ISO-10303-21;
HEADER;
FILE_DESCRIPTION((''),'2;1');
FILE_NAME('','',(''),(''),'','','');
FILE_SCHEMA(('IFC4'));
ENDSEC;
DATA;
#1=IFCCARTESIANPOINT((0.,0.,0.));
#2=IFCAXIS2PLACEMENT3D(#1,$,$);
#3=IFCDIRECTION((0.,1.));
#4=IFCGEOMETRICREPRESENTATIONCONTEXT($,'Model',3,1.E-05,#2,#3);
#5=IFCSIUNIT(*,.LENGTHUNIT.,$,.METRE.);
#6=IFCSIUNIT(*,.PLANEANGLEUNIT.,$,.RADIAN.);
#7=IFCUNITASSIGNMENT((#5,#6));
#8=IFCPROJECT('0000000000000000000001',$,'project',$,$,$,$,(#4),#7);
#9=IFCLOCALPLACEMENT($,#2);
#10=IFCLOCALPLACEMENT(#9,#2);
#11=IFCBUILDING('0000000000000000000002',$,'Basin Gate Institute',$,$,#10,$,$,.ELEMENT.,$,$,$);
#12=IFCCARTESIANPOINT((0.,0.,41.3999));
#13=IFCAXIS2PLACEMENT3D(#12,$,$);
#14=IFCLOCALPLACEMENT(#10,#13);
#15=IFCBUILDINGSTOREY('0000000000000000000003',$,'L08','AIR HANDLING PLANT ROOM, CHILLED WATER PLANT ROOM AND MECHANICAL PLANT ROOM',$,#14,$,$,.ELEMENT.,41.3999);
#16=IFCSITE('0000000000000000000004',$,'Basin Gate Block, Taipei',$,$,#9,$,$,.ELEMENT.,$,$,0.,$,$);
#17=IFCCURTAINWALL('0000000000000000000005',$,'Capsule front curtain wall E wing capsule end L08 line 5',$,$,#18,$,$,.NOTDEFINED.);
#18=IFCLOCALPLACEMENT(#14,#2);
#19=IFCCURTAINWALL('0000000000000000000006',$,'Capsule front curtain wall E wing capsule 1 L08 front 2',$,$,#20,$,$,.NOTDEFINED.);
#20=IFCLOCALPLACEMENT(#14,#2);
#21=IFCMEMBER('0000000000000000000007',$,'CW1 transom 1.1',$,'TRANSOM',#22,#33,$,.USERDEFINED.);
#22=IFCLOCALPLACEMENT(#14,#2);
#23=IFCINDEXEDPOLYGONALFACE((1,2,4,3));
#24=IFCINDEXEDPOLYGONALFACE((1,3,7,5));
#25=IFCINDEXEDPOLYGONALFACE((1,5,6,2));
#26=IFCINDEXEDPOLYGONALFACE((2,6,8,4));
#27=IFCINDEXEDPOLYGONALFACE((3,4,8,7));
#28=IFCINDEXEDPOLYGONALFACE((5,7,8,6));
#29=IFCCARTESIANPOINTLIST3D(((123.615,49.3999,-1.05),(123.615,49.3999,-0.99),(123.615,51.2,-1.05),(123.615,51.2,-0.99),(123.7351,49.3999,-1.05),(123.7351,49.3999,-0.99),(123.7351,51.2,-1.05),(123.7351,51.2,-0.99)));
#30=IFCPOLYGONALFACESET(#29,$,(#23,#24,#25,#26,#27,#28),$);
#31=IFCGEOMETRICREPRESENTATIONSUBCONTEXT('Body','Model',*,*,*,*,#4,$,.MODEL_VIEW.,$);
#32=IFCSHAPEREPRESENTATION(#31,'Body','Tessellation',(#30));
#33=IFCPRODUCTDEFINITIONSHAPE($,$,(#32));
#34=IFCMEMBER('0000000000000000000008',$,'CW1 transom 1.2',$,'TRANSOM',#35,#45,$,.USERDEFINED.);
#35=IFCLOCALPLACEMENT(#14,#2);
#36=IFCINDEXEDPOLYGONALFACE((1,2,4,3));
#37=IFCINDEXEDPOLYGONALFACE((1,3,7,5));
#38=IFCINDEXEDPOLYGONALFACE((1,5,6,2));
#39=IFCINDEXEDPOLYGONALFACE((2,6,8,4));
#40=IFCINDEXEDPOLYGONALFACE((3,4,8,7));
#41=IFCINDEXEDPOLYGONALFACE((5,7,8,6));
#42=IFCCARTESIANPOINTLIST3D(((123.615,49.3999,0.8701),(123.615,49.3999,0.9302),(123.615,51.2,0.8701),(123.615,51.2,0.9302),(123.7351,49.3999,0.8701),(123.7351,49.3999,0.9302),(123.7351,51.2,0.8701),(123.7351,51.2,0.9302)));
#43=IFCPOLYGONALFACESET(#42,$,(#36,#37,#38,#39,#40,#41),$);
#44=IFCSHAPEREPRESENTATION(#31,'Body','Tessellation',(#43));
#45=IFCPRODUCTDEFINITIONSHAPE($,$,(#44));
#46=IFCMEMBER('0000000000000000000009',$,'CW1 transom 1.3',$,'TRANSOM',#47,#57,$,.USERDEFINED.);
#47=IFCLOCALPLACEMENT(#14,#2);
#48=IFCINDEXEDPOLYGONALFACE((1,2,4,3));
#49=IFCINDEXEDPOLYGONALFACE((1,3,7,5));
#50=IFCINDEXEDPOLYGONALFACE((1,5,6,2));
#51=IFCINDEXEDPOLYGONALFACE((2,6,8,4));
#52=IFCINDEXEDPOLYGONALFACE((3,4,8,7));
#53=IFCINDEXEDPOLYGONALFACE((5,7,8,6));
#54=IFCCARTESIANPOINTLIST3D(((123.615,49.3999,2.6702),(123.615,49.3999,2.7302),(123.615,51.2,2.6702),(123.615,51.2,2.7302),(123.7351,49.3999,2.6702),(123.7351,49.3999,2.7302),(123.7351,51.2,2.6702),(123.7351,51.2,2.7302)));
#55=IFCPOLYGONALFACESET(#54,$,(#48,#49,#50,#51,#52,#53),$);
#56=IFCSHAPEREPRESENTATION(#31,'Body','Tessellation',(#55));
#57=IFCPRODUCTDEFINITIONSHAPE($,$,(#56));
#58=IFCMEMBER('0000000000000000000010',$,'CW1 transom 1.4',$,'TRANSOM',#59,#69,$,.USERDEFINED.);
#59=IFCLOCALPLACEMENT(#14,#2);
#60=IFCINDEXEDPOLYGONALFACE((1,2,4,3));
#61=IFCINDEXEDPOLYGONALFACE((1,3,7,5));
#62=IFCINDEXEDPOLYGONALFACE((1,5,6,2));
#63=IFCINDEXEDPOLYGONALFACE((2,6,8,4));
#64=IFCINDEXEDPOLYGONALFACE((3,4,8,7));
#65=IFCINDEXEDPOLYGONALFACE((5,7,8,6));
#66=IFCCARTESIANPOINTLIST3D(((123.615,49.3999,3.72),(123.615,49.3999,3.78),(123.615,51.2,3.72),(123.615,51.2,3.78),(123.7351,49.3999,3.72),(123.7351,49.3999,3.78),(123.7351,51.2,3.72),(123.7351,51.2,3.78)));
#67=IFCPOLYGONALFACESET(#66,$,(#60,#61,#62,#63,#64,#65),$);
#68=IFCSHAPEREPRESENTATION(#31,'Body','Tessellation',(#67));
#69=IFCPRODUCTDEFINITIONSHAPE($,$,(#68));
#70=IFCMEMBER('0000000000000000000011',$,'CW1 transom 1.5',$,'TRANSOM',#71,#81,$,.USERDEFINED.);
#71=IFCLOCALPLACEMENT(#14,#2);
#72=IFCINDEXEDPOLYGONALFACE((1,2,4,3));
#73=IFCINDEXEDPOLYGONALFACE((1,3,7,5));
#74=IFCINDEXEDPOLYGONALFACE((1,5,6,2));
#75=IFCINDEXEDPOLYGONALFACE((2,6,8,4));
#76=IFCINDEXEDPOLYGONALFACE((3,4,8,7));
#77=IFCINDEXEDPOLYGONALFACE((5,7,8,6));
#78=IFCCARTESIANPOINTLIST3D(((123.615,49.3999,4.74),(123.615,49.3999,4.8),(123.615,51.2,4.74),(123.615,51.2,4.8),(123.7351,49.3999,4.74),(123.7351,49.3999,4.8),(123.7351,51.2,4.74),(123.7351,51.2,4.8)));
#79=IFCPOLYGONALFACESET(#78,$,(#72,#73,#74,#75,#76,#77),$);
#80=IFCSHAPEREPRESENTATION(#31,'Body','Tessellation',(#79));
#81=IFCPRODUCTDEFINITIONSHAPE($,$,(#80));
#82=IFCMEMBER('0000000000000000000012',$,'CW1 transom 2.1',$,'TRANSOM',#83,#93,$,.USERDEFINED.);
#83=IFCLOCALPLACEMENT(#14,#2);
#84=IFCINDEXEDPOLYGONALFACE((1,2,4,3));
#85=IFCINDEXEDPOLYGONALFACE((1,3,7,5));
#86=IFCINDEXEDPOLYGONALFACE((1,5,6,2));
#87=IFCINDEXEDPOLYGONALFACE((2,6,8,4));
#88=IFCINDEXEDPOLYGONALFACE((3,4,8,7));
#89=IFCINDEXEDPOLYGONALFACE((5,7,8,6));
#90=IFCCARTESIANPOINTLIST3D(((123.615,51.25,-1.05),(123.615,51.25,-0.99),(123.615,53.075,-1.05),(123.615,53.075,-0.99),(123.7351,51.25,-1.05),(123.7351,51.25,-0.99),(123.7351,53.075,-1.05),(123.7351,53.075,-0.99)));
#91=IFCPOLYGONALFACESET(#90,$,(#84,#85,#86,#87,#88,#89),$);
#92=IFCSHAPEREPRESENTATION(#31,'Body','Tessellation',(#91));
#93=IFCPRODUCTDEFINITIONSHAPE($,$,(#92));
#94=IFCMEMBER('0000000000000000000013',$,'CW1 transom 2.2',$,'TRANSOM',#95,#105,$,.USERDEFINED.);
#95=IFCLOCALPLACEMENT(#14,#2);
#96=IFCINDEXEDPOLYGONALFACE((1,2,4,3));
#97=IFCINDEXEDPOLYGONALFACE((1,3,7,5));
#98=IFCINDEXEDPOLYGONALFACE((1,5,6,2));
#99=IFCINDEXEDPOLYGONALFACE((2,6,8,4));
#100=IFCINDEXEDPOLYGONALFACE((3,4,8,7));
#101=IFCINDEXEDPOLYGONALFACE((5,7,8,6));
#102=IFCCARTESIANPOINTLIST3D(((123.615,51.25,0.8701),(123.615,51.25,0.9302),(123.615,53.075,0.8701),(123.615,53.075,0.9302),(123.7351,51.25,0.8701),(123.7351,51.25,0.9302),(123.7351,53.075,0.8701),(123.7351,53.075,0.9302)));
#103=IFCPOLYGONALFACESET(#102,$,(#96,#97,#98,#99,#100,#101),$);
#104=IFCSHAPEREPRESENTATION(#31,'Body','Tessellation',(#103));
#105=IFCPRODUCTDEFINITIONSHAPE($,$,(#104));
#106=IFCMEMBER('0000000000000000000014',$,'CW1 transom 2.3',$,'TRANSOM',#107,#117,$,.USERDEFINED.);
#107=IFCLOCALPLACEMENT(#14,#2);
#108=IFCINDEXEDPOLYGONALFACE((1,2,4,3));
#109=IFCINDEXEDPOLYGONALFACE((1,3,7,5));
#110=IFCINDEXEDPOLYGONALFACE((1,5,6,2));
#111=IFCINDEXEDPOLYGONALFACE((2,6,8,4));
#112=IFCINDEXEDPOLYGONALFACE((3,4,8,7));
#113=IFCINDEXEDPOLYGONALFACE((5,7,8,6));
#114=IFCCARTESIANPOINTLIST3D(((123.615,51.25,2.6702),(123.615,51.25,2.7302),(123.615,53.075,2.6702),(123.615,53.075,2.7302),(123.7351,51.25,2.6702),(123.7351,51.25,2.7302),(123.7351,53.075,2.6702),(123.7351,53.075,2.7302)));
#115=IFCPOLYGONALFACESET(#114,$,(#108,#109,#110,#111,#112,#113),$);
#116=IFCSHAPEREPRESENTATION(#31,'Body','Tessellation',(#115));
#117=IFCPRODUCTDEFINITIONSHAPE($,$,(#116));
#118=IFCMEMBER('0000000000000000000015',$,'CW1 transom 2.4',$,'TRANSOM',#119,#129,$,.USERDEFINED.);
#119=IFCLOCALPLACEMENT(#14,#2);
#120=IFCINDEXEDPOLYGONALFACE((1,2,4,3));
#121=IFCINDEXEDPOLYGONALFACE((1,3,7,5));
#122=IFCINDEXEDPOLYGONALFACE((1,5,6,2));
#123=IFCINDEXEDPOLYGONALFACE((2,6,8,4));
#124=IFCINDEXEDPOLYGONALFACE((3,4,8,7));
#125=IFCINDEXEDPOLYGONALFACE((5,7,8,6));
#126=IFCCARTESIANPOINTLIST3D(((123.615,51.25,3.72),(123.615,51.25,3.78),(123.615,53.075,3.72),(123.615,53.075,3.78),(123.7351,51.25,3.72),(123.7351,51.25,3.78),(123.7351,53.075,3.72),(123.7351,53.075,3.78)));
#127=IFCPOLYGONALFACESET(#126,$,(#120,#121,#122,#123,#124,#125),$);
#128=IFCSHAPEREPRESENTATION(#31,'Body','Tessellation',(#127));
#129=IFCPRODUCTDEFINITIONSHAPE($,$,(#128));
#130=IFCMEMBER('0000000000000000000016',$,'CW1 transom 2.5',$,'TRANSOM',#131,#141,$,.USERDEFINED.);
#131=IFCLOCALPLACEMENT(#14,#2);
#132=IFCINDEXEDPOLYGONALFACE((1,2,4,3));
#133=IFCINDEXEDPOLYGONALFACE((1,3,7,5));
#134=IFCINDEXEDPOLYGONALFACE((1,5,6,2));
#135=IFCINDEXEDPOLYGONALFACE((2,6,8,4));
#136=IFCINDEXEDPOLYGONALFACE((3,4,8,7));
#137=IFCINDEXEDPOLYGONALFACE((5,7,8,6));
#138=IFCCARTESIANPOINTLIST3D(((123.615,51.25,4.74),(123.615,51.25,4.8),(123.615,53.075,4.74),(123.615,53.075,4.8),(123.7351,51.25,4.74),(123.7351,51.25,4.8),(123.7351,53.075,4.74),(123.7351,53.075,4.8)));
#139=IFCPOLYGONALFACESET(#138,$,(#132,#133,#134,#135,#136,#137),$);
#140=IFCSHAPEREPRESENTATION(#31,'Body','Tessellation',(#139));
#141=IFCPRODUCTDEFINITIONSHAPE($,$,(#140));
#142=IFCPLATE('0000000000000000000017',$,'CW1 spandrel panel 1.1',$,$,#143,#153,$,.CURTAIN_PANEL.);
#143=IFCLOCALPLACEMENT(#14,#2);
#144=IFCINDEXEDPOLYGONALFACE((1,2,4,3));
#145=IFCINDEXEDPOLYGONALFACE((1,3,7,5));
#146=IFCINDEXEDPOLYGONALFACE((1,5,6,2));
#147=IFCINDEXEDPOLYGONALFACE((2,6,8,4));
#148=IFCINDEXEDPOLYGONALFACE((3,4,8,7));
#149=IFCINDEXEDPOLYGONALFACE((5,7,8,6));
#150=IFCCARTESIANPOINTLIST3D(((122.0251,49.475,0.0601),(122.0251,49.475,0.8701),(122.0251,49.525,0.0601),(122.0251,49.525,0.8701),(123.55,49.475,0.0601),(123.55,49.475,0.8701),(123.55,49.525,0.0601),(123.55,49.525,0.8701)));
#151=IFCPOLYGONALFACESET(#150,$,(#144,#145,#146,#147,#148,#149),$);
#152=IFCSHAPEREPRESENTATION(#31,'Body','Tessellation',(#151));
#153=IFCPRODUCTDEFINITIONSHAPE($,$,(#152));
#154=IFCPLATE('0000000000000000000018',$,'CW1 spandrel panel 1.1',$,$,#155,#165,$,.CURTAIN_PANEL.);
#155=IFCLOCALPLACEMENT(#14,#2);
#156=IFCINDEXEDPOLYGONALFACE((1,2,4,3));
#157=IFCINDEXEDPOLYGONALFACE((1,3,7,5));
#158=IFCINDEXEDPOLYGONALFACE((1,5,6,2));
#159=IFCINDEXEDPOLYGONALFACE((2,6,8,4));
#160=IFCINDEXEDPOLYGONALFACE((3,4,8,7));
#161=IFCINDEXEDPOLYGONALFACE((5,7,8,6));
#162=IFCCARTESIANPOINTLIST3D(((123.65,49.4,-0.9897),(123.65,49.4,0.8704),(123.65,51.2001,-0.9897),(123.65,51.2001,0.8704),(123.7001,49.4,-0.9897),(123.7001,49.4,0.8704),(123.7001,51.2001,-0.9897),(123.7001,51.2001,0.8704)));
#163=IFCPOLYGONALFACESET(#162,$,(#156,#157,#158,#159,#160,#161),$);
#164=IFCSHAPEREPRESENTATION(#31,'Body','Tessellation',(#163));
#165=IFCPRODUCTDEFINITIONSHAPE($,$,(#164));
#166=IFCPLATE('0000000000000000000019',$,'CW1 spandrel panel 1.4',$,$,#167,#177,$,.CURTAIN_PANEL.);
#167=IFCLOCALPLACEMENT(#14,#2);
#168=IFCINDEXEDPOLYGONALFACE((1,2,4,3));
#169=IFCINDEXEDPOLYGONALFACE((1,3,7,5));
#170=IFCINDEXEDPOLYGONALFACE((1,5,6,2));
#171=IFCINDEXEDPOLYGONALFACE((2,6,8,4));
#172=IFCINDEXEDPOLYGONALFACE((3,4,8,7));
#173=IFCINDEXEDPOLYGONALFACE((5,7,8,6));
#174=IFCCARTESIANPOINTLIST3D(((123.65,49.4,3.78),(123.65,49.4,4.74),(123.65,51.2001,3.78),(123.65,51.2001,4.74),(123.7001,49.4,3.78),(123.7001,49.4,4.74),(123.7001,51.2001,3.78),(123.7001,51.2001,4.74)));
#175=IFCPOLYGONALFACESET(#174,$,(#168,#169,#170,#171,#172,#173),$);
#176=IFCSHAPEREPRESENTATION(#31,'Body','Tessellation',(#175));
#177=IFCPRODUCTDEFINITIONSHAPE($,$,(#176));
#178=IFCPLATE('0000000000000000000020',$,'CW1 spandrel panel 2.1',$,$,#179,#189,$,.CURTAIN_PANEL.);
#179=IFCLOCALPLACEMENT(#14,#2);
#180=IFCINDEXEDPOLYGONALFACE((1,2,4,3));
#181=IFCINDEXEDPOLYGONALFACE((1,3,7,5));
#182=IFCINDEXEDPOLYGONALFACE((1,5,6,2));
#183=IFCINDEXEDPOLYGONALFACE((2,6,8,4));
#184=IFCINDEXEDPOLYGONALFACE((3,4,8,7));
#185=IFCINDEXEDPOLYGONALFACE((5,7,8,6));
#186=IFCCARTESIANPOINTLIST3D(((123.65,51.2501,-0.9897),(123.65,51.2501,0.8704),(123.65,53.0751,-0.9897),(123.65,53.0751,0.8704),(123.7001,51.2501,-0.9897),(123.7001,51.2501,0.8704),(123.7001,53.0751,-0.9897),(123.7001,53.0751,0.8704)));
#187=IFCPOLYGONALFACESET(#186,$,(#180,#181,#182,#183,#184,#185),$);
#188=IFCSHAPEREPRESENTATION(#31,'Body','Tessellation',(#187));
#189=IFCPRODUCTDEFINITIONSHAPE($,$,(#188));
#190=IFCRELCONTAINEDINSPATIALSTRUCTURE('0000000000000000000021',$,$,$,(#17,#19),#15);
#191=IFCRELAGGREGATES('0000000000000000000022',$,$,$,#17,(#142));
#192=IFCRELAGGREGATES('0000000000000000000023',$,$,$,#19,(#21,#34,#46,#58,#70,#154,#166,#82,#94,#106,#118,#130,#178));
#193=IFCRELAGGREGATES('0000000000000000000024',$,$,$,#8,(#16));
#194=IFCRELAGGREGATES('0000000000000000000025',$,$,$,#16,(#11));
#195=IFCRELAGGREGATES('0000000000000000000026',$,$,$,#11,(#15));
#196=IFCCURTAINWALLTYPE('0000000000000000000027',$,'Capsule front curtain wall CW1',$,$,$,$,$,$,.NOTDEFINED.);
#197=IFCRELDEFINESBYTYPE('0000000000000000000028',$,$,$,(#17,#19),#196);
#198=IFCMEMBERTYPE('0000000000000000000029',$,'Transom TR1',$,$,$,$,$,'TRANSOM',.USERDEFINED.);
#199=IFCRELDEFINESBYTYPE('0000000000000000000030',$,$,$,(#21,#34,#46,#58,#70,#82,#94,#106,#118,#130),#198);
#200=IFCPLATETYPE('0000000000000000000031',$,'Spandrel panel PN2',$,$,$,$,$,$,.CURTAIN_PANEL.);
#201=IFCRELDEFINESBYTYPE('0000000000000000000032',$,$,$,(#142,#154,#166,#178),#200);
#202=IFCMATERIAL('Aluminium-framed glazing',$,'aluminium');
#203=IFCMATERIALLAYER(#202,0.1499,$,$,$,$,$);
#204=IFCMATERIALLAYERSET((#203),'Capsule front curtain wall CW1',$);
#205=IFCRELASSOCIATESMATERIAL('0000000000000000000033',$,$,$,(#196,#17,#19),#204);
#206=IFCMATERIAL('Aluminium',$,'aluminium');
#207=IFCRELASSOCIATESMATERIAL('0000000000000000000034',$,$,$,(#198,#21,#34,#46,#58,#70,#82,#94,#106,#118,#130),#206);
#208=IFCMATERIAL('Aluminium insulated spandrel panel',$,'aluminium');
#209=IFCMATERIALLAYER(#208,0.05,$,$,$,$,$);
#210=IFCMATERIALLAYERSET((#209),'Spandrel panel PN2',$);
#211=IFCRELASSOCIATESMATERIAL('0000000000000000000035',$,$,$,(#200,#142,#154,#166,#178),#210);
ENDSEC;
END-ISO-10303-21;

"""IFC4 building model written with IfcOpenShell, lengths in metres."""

from ifc_helpers import new_model, si_unit, direction, frame, origin, origin_2d, place, context, subcontext, project, spatial, rectangle, extrude, material, layer, layer_set, material_profile, profile_set, type_object, element, aggregate, save


model = new_model("IFC4")

# Units and contexts
model_context = context("Model", 3, precision=1e-05, world=origin(), true_north=direction((0.0, 1.0)))
body_context = subcontext(model_context, "Body", "Model", "MODEL_VIEW")
ifc_project = project(units=[si_unit("LENGTHUNIT", "METRE"), si_unit("PLANEANGLEUNIT", "RADIAN")], contexts=[model_context])

# Site, building, storey
site_placement = place(None, origin())
site = spatial("IfcSite", under=ifc_project, at=site_placement, Name="Basin Gate Block, Taipei", CompositionType="ELEMENT", RefElevation=0.0)
building_placement = place(site_placement, origin())
building = spatial("IfcBuilding", under=site, at=building_placement, Name="Basin Gate Institute", CompositionType="ELEMENT")
storey_placement = place(building_placement, frame((0.0, 0.0, 41.3999)))
storey = spatial("IfcBuildingStorey", under=building, at=storey_placement, Name="L08", Description="AIR HANDLING PLANT ROOM, CHILLED WATER PLANT ROOM AND MECHANICAL PLANT ROOM", CompositionType="ELEMENT", Elevation=41.3999)

# Curtain walls
ifc_material_1 = material(Name="Aluminium-framed glazing", Category="aluminium")
ifc_layer_1 = layer(ifc_material_1, 0.1499)
ifc_layer_set_1 = layer_set([ifc_layer_1], Name="Capsule front curtain wall CW1")
curtain_wall_type = type_object("IfcCurtainWallType", Name="Capsule front curtain wall CW1", PredefinedType="NOTDEFINED", material=ifc_layer_set_1)
curtain_wall_1_placement = place(storey_placement, origin())
curtain_wall_1 = element("IfcCurtainWall", 1, at=curtain_wall_1_placement, inside=storey, type_object=curtain_wall_type, material=ifc_layer_set_1, Name="Capsule front curtain wall E wing capsule end L08 line 5", PredefinedType="NOTDEFINED")
curtain_wall_2_placement = place(storey_placement, origin())
curtain_wall_2 = element("IfcCurtainWall", 2, at=curtain_wall_2_placement, inside=storey, type_object=curtain_wall_type, material=ifc_layer_set_1, Name="Capsule front curtain wall E wing capsule 1 L08 front 2", PredefinedType="NOTDEFINED")

# Members
ifc_material_2 = material(Name="Aluminium", Category="aluminium")
ifc_material_profile_1 = material_profile(ifc_material_2, rectangle(XDim=0.1201, YDim=0.0601, at=origin_2d()), Name="Transom TR1 120 x 60")
ifc_profile_set_1 = profile_set([ifc_material_profile_1], Name="Aluminium")
member_type_1 = type_object("IfcMemberType", Name="Transom TR1", ElementType="TRANSOM", PredefinedType="USERDEFINED", material=ifc_profile_set_1)
member_1_placement = place(storey_placement, frame((123.675, 49.3999, -1.02), z_axis=(0.0, 1.0, 0.0), x_axis=(-1.0, 0.0, 0.0)))
member_1 = element("IfcMember", 3, at=member_1_placement, type_object=member_type_1, material=ifc_profile_set_1, Name="CW1 transom 1.1", ObjectType="TRANSOM", PredefinedType="USERDEFINED", context=body_context, shape_type="SweptSolid", body=[
    extrude(rectangle(XDim=0.1201, YDim=0.0601, at=origin_2d()), origin(), (0.0, 0.0, 1.0), 1.8),
])
member_2_placement = place(storey_placement, frame((123.675, 49.3999, 0.9001), z_axis=(0.0, 1.0, 0.0), x_axis=(-1.0, 0.0, 0.0)))
member_2 = element("IfcMember", 4, at=member_2_placement, type_object=member_type_1, material=ifc_profile_set_1, Name="CW1 transom 1.2", ObjectType="TRANSOM", PredefinedType="USERDEFINED", context=body_context, shape_type="SweptSolid", body=[
    extrude(rectangle(XDim=0.1201, YDim=0.0601, at=origin_2d()), origin(), (0.0, 0.0, 1.0), 1.8),
])
member_3_placement = place(storey_placement, frame((123.675, 49.3999, 2.7002), z_axis=(0.0, 1.0, 0.0), x_axis=(-1.0, 0.0, 0.0)))
member_3 = element("IfcMember", 5, at=member_3_placement, type_object=member_type_1, material=ifc_profile_set_1, Name="CW1 transom 1.3", ObjectType="TRANSOM", PredefinedType="USERDEFINED", context=body_context, shape_type="SweptSolid", body=[
    extrude(rectangle(XDim=0.1201, YDim=0.0601, at=origin_2d()), origin(), (0.0, 0.0, 1.0), 1.8),
])
member_4_placement = place(storey_placement, frame((123.675, 49.3999, 3.75), z_axis=(0.0, 1.0, 0.0), x_axis=(-1.0, 0.0, 0.0)))
member_4 = element("IfcMember", 6, at=member_4_placement, type_object=member_type_1, material=ifc_profile_set_1, Name="CW1 transom 1.4", ObjectType="TRANSOM", PredefinedType="USERDEFINED", context=body_context, shape_type="SweptSolid", body=[
    extrude(rectangle(XDim=0.1201, YDim=0.0601, at=origin_2d()), origin(), (0.0, 0.0, 1.0), 1.8),
])
member_5_placement = place(storey_placement, frame((123.675, 49.3999, 4.77), z_axis=(0.0, 1.0, 0.0), x_axis=(-1.0, 0.0, 0.0)))
member_5 = element("IfcMember", 7, at=member_5_placement, type_object=member_type_1, material=ifc_profile_set_1, Name="CW1 transom 1.5", ObjectType="TRANSOM", PredefinedType="USERDEFINED", context=body_context, shape_type="SweptSolid", body=[
    extrude(rectangle(XDim=0.1201, YDim=0.0601, at=origin_2d()), origin(), (0.0, 0.0, 1.0), 1.8),
])
member_6_placement = place(storey_placement, frame((123.675, 51.25, -1.02), z_axis=(0.0, 1.0, 0.0), x_axis=(-1.0, 0.0, 0.0)))
member_6 = element("IfcMember", 8, at=member_6_placement, type_object=member_type_1, material=ifc_profile_set_1, Name="CW1 transom 2.1", ObjectType="TRANSOM", PredefinedType="USERDEFINED", context=body_context, shape_type="SweptSolid", body=[
    extrude(rectangle(XDim=0.1201, YDim=0.0601, at=origin_2d()), origin(), (0.0, 0.0, 1.0), 1.825),
])
member_7_placement = place(storey_placement, frame((123.675, 51.25, 0.9001), z_axis=(0.0, 1.0, 0.0), x_axis=(-1.0, 0.0, 0.0)))
member_7 = element("IfcMember", 9, at=member_7_placement, type_object=member_type_1, material=ifc_profile_set_1, Name="CW1 transom 2.2", ObjectType="TRANSOM", PredefinedType="USERDEFINED", context=body_context, shape_type="SweptSolid", body=[
    extrude(rectangle(XDim=0.1201, YDim=0.0601, at=origin_2d()), origin(), (0.0, 0.0, 1.0), 1.825),
])
member_8_placement = place(storey_placement, frame((123.675, 51.25, 2.7002), z_axis=(0.0, 1.0, 0.0), x_axis=(-1.0, 0.0, 0.0)))
member_8 = element("IfcMember", 10, at=member_8_placement, type_object=member_type_1, material=ifc_profile_set_1, Name="CW1 transom 2.3", ObjectType="TRANSOM", PredefinedType="USERDEFINED", context=body_context, shape_type="SweptSolid", body=[
    extrude(rectangle(XDim=0.1201, YDim=0.0601, at=origin_2d()), origin(), (0.0, 0.0, 1.0), 1.825),
])
member_9_placement = place(storey_placement, frame((123.675, 51.25, 3.75), z_axis=(0.0, 1.0, 0.0), x_axis=(-1.0, 0.0, 0.0)))
member_9 = element("IfcMember", 11, at=member_9_placement, type_object=member_type_1, material=ifc_profile_set_1, Name="CW1 transom 2.4", ObjectType="TRANSOM", PredefinedType="USERDEFINED", context=body_context, shape_type="SweptSolid", body=[
    extrude(rectangle(XDim=0.1201, YDim=0.0601, at=origin_2d()), origin(), (0.0, 0.0, 1.0), 1.825),
])
member_10_placement = place(storey_placement, frame((123.675, 51.25, 4.77), z_axis=(0.0, 1.0, 0.0), x_axis=(-1.0, 0.0, 0.0)))
member_10 = element("IfcMember", 12, at=member_10_placement, type_object=member_type_1, material=ifc_profile_set_1, Name="CW1 transom 2.5", ObjectType="TRANSOM", PredefinedType="USERDEFINED", context=body_context, shape_type="SweptSolid", body=[
    extrude(rectangle(XDim=0.1201, YDim=0.0601, at=origin_2d()), origin(), (0.0, 0.0, 1.0), 1.825),
])

# Plates
ifc_material_3 = material(Name="Aluminium insulated spandrel panel", Category="aluminium")
ifc_layer_2 = layer(ifc_material_3, 0.05)
ifc_layer_set_2 = layer_set([ifc_layer_2], Name="Spandrel panel PN2")
plate_type_1 = type_object("IfcPlateType", Name="Spandrel panel PN2", PredefinedType="CURTAIN_PANEL", material=ifc_layer_set_2)
plate_1_placement = place(storey_placement, frame((122.7876, 49.5, 0.0601), z_axis=(0.0, 0.0, 1.0), x_axis=(-1.0, 0.0, 0.0)))
plate_1 = element("IfcPlate", 13, at=plate_1_placement, type_object=plate_type_1, material=ifc_layer_set_2, Name="CW1 spandrel panel 1.1", PredefinedType="CURTAIN_PANEL", context=body_context, shape_type="SweptSolid", body=[
    extrude(rectangle(XDim=1.5249, YDim=0.05, at=origin_2d()), origin(), (0.0, 0.0, 1.0), 0.8101),
])
plate_2_placement = place(storey_placement, frame((123.675, 50.3, -0.9897), z_axis=(0.0, 0.0, 1.0), x_axis=(0.0, 1.0, 0.0)))
plate_2 = element("IfcPlate", 14, at=plate_2_placement, type_object=plate_type_1, material=ifc_layer_set_2, Name="CW1 spandrel panel 1.1", PredefinedType="CURTAIN_PANEL", context=body_context, shape_type="SweptSolid", body=[
    extrude(rectangle(XDim=1.8, YDim=0.05, at=origin_2d()), origin(), (0.0, 0.0, 1.0), 1.8601),
])
plate_3_placement = place(storey_placement, frame((123.675, 50.3, 3.78), z_axis=(0.0, 0.0, 1.0), x_axis=(0.0, 1.0, 0.0)))
plate_3 = element("IfcPlate", 15, at=plate_3_placement, type_object=plate_type_1, material=ifc_layer_set_2, Name="CW1 spandrel panel 1.4", PredefinedType="CURTAIN_PANEL", context=body_context, shape_type="SweptSolid", body=[
    extrude(rectangle(XDim=1.8, YDim=0.05, at=origin_2d()), origin(), (0.0, 0.0, 1.0), 0.96),
])
plate_4_placement = place(storey_placement, frame((123.675, 52.1626, -0.9897), z_axis=(0.0, 0.0, 1.0), x_axis=(0.0, 1.0, 0.0)))
plate_4 = element("IfcPlate", 16, at=plate_4_placement, type_object=plate_type_1, material=ifc_layer_set_2, Name="CW1 spandrel panel 2.1", PredefinedType="CURTAIN_PANEL", context=body_context, shape_type="SweptSolid", body=[
    extrude(rectangle(XDim=1.825, YDim=0.05, at=origin_2d()), origin(), (0.0, 0.0, 1.0), 1.8601),
])
aggregate(curtain_wall_1, [plate_1])
aggregate(curtain_wall_2, [member_1, member_2, member_3, member_4, member_5, plate_2, plate_3, member_6, member_7, member_8, member_9, member_10, plate_4])

save(model, "model.ifc")
